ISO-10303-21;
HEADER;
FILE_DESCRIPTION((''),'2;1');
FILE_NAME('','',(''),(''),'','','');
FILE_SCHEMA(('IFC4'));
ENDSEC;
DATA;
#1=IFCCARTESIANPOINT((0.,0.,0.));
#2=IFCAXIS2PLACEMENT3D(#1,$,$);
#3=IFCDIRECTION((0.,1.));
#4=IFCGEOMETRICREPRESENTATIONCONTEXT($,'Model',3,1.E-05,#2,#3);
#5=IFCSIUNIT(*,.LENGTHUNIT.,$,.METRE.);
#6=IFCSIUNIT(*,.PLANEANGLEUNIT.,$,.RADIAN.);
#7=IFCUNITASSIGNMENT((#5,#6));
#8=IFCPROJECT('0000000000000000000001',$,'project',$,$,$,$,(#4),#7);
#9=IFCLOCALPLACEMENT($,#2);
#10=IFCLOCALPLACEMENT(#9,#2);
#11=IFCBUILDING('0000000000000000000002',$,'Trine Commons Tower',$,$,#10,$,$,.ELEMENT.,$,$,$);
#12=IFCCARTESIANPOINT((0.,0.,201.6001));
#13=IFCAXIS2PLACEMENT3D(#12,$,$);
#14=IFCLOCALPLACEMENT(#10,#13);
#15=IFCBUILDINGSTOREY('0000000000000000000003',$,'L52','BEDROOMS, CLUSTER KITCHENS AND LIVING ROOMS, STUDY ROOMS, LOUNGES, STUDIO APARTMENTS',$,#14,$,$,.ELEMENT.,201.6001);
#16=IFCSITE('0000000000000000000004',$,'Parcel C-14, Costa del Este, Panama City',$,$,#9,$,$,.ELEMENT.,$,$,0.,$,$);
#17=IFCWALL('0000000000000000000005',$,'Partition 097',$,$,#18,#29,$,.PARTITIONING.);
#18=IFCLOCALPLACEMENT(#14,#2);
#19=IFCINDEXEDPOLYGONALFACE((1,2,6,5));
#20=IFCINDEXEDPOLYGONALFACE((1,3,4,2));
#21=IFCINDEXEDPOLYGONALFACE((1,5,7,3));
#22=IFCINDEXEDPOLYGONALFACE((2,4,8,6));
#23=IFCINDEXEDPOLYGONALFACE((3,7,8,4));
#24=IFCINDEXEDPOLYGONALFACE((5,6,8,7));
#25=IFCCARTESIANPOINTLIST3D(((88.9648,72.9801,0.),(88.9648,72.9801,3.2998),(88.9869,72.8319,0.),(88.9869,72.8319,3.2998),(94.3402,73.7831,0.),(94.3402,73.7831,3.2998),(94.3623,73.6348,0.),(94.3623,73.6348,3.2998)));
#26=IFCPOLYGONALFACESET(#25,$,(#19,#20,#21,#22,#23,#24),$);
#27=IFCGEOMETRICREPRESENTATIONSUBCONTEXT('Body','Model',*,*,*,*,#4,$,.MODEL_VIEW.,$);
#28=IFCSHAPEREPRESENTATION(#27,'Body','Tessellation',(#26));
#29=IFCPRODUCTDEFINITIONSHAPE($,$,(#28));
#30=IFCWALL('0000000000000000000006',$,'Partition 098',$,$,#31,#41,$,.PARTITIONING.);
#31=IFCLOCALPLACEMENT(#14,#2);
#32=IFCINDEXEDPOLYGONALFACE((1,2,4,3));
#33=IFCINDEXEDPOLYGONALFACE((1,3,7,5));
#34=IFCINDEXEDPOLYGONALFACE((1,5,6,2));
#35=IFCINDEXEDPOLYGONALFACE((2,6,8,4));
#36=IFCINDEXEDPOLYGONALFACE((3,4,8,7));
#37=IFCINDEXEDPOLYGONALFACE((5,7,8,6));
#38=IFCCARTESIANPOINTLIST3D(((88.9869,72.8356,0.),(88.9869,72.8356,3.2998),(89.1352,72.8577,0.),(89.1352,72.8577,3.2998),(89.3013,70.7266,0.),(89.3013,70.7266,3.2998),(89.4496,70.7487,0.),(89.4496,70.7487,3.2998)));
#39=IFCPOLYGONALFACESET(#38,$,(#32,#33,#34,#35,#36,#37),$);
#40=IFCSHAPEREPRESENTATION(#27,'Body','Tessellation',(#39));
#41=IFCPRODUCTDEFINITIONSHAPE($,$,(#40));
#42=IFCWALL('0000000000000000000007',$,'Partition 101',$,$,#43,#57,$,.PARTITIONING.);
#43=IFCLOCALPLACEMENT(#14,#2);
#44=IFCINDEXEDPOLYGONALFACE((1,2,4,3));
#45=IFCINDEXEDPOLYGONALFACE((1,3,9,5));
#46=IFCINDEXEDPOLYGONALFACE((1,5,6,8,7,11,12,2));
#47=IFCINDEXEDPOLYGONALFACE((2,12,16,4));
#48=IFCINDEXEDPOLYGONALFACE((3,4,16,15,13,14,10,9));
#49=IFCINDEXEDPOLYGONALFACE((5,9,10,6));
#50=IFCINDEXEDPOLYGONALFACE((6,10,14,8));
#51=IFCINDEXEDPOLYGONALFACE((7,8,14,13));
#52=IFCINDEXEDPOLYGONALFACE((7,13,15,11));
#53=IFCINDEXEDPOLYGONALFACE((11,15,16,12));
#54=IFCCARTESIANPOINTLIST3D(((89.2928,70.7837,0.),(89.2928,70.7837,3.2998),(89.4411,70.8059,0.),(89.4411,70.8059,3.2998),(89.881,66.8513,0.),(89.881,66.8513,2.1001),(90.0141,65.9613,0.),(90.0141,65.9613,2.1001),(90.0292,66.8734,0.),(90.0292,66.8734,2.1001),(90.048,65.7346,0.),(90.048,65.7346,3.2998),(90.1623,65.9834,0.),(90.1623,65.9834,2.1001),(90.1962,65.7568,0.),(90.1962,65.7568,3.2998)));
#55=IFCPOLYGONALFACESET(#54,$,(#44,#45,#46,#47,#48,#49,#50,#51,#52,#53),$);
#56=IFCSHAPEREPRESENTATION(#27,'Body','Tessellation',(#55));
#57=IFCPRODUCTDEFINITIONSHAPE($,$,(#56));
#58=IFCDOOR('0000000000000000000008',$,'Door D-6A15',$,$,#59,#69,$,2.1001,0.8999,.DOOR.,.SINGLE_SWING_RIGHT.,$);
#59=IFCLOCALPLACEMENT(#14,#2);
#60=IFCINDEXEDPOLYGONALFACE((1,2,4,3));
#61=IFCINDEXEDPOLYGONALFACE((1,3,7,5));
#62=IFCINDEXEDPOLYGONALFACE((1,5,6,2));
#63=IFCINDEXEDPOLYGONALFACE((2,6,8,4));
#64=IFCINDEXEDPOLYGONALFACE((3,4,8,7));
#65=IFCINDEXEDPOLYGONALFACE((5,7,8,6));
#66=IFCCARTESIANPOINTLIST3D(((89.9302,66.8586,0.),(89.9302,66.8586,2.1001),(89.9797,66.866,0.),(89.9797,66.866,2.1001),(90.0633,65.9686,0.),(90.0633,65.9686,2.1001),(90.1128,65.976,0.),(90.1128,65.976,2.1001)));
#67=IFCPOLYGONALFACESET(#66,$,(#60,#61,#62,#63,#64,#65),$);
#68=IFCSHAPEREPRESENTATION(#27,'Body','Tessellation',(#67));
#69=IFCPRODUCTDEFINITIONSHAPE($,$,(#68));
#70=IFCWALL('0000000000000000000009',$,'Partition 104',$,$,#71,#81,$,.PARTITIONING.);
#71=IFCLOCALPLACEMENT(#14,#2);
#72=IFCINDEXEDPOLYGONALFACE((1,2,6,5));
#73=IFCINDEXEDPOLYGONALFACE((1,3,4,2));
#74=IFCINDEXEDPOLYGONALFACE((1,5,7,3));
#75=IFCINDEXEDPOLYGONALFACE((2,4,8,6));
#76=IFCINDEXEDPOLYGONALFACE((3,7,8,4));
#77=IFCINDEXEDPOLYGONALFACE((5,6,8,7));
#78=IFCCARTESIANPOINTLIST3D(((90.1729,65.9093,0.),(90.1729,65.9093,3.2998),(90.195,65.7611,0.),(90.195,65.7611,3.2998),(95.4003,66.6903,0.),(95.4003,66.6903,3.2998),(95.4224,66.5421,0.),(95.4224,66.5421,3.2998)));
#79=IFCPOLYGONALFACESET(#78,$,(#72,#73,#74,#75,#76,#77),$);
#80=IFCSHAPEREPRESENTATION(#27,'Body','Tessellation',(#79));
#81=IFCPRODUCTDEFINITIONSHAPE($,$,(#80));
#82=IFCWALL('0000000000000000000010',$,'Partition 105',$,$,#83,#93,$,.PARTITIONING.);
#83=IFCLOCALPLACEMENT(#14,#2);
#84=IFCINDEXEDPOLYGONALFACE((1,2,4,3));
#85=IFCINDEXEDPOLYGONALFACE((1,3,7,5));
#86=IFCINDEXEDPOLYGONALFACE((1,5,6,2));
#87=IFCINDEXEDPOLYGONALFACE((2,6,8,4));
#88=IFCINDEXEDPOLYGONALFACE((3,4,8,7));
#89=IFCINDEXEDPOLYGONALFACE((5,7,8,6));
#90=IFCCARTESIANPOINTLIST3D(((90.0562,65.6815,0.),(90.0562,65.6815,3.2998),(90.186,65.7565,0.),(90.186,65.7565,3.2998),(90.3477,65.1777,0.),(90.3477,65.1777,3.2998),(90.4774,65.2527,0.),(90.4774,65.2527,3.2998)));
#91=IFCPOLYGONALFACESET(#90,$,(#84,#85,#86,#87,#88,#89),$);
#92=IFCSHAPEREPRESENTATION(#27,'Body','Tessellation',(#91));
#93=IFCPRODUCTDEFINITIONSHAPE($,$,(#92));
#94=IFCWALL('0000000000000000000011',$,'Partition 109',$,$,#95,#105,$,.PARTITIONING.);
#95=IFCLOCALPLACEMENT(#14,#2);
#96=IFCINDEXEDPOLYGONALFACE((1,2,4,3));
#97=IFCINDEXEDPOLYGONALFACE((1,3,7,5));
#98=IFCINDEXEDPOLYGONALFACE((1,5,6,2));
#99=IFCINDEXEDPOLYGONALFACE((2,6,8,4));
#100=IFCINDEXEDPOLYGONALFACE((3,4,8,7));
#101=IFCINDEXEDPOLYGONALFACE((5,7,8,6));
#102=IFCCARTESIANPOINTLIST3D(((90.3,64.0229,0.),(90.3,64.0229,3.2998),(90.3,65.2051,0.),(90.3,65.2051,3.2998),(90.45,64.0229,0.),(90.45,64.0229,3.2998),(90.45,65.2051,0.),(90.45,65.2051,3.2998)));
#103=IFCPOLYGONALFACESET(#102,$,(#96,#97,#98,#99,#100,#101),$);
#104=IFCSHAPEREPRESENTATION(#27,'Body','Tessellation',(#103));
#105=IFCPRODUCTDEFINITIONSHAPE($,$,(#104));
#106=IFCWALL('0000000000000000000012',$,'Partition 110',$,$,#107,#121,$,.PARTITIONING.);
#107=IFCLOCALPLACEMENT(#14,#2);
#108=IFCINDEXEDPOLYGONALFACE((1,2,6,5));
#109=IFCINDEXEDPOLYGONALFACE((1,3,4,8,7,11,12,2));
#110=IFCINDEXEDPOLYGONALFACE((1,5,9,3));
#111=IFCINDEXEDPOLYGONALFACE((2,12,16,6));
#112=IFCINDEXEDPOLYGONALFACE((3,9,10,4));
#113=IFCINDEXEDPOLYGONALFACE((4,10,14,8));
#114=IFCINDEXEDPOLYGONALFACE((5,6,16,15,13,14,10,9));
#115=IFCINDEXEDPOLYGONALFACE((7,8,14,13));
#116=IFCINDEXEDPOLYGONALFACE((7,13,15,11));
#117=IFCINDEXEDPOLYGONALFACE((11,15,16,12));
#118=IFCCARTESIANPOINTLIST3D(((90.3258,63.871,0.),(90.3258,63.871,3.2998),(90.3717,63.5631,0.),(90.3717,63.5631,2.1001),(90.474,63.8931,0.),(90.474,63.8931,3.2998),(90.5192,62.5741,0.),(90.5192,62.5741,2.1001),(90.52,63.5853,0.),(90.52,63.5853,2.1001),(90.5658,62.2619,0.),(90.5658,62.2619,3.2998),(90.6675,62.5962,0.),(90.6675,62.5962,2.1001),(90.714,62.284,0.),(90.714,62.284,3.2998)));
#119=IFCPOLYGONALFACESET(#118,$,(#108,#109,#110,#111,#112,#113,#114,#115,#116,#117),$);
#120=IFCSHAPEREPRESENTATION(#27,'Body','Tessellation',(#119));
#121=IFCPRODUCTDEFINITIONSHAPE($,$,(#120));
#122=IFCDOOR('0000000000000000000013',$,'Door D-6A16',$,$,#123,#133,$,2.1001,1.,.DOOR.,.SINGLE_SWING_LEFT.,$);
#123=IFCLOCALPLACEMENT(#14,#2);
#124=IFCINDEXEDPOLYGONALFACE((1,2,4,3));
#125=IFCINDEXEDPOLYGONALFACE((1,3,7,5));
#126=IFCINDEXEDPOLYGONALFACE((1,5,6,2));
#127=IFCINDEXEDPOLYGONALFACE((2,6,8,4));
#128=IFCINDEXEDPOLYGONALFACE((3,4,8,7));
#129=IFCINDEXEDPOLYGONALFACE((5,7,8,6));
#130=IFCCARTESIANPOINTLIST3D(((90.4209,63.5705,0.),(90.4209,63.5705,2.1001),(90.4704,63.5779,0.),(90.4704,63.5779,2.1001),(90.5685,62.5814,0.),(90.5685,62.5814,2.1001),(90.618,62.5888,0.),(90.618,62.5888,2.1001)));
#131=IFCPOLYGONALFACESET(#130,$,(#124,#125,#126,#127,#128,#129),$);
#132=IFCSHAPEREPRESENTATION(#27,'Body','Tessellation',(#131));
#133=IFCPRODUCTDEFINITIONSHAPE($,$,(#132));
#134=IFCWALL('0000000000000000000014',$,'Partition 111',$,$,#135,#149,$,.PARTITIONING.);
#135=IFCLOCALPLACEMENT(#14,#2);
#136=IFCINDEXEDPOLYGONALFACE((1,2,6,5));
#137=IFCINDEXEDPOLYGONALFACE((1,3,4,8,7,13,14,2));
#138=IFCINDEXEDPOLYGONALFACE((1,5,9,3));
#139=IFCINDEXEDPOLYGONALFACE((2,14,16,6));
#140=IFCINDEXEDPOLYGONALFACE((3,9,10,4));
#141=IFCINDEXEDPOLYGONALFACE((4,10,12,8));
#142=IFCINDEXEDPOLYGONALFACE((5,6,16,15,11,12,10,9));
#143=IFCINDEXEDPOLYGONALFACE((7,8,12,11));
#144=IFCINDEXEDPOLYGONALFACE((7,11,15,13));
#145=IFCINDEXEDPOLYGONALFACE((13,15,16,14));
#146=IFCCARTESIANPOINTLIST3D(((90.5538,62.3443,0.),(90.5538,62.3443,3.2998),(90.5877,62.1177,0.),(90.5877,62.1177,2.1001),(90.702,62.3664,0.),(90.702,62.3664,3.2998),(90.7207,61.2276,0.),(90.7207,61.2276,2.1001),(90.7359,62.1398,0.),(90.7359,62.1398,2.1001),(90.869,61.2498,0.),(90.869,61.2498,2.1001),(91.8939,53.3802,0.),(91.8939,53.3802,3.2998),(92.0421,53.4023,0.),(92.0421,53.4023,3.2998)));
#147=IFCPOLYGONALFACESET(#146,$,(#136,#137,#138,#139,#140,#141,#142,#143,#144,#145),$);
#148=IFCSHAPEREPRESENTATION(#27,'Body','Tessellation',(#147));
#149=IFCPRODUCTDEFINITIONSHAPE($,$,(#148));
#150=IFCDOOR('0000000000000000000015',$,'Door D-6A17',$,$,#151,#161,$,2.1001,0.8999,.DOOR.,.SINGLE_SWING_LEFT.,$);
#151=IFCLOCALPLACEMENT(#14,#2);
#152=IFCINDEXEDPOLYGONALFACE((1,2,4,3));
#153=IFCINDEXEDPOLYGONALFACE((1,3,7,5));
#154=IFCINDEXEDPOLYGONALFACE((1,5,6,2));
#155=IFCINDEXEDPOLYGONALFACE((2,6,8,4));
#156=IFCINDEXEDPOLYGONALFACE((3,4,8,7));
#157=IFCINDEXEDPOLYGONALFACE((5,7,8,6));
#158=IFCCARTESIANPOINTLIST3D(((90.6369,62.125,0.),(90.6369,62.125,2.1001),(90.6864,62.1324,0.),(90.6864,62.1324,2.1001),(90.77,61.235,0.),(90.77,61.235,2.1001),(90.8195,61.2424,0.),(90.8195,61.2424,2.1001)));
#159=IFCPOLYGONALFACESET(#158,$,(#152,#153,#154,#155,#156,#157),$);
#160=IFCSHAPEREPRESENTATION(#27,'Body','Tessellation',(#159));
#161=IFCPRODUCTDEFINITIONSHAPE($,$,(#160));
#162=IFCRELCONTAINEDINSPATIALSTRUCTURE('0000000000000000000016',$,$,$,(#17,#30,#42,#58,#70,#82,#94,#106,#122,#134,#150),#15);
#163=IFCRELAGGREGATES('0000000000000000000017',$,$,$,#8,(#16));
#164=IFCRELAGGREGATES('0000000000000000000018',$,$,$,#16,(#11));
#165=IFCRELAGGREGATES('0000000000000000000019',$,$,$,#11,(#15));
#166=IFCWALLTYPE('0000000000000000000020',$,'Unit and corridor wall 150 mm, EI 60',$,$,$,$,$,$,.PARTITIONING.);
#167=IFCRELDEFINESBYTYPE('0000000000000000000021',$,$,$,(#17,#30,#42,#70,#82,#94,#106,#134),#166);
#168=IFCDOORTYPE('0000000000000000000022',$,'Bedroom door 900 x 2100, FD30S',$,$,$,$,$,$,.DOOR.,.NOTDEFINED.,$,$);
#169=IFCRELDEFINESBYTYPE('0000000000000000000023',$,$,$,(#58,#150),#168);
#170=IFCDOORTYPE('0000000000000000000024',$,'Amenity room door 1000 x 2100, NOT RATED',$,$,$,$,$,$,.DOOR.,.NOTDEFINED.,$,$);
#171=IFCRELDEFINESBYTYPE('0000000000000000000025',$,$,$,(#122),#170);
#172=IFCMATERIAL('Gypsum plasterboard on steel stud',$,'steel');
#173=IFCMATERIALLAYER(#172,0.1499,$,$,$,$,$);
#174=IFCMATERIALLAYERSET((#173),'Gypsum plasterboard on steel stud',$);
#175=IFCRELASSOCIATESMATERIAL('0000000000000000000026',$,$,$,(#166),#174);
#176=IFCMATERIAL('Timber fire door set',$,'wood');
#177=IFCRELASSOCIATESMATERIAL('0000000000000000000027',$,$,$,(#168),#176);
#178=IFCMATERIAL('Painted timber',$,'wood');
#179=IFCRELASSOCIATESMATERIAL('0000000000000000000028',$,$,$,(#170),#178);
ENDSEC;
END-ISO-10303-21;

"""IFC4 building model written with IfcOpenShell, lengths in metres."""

from ifc_helpers import new_model, si_unit, direction, frame, frame_2d, origin, place, context, subcontext, project, spatial, rectangle, extrude, material, layer, layer_set, type_object, element, fill, save


model = new_model("IFC4")

# Units and contexts
model_context = context("Model", 3, precision=1e-05, world=origin(), true_north=direction((0.0, 1.0)))
body_context = subcontext(model_context, "Body", "Model", "MODEL_VIEW")
ifc_project = project(units=[si_unit("LENGTHUNIT", "METRE"), si_unit("PLANEANGLEUNIT", "RADIAN")], contexts=[model_context])

# Site, building, storey
site_placement = place(None, origin())
site = spatial("IfcSite", under=ifc_project, at=site_placement, Name="Parcel C-14, Costa del Este, Panama City", CompositionType="ELEMENT", RefElevation=0.0)
building_placement = place(site_placement, origin())
building = spatial("IfcBuilding", under=site, at=building_placement, Name="Trine Commons Tower", CompositionType="ELEMENT")
storey_placement = place(building_placement, frame((0.0, 0.0, 201.6001)))
storey = spatial("IfcBuildingStorey", under=building, at=storey_placement, Name="L52", Description="BEDROOMS, CLUSTER KITCHENS AND LIVING ROOMS, STUDY ROOMS, LOUNGES, STUDIO APARTMENTS", CompositionType="ELEMENT", Elevation=201.6001)

# Walls
ifc_material_1 = material(Name="Gypsum plasterboard on steel stud", Category="steel")
ifc_layer_1 = layer(ifc_material_1, 0.1499)
ifc_layer_set_1 = layer_set([ifc_layer_1], Name="Gypsum plasterboard on steel stud")
wall_type_1 = type_object("IfcWallType", Name="Unit and corridor wall 150 mm, EI 60", PredefinedType="PARTITIONING", material=ifc_layer_set_1)
wall_1_placement = place(storey_placement, frame((88.9758, 72.906, 0.0), z_axis=(0.0, 0.0, 1.0), x_axis=(0.989026, 0.147739, 0.0)))
element("IfcWall", 1, at=wall_1_placement, inside=storey, type_object=wall_type_1, Name="Partition 097", PredefinedType="PARTITIONING", context=body_context, shape_type="SweptSolid", body=[
    extrude(rectangle(XDim=5.4351, YDim=0.1499, at=frame_2d((2.7175, 0.0))), origin(), (0.0, 0.0, 1.0), 3.2998),
])
wall_2_placement = place(storey_placement, frame((89.061, 72.8467, 0.0), z_axis=(0.0, 0.0, 1.0), x_axis=(0.147461, -0.989068, 0.0)))
element("IfcWall", 2, at=wall_2_placement, inside=storey, type_object=wall_type_1, Name="Partition 098", PredefinedType="PARTITIONING", context=body_context, shape_type="SweptSolid", body=[
    extrude(rectangle(XDim=2.1323, YDim=0.1499, at=frame_2d((1.0662, 0.0))), origin(), (0.0, 0.0, 1.0), 3.2998),
])

# Wall, opening, door
wall_3_placement = place(storey_placement, frame((89.3669, 70.7949, 0.0), z_axis=(0.0, 0.0, 1.0), x_axis=(0.147912, -0.989, 0.0)))
wall_3 = element("IfcWall", 3, at=wall_3_placement, inside=storey, type_object=wall_type_1, Name="Partition 101", PredefinedType="PARTITIONING", context=body_context, shape_type="SweptSolid", body=[
    extrude(rectangle(XDim=5.1052, YDim=0.1499, at=frame_2d((2.5527, 0.0))), origin(), (0.0, 0.0, 1.0), 3.2998),
])
opening_1_placement = place(wall_3_placement, frame((3.9763, 0.0, 0.0)))
opening_1 = element("IfcOpeningElement", 4, at=opening_1_placement, cuts=wall_3, PredefinedType="OPENING", context=body_context, shape_type="SweptSolid", body=[
    extrude(rectangle(XDim=0.8999, YDim=2.1001, at=frame_2d((0.45, 1.05))), frame((0.0, 0.085, 0.0), z_axis=(0.0, -1.0, 0.0), x_axis=(1.0, 0.0, 0.0)), (0.0, 0.0, 1.0), 0.1699),
])
ifc_material_2 = material(Name="Timber fire door set", Category="wood")
door_type_1 = type_object("IfcDoorType", Name="Bedroom door 900 x 2100, FD30S", OperationType="NOTDEFINED", PredefinedType="DOOR", material=ifc_material_2)
door_1_placement = place(opening_1_placement, origin())
door_1 = element("IfcDoor", 5, at=door_1_placement, inside=storey, type_object=door_type_1, Name="Door D-6A15", OperationType="SINGLE_SWING_RIGHT", OverallHeight=2.1001, OverallWidth=0.8999, PredefinedType="DOOR", context=body_context, shape_type="SweptSolid", body=[
    extrude(rectangle(XDim=0.8999, YDim=2.1001, at=frame_2d((0.45, 1.05))), frame((0.0, 0.0249, 0.0), z_axis=(0.0, -1.0, 0.0), x_axis=(1.0, 0.0, 0.0)), (0.0, 0.0, 1.0), 0.05),
])
fill(opening_1, door_1)

# Walls
wall_4_placement = place(storey_placement, frame((90.1841, 65.8352, 0.0), z_axis=(0.0, 0.0, 1.0), x_axis=(0.989022, 0.147769, 0.0)))
element("IfcWall", 6, at=wall_4_placement, inside=storey, type_object=wall_type_1, Name="Partition 104", PredefinedType="PARTITIONING", context=body_context, shape_type="SweptSolid", body=[
    extrude(rectangle(XDim=5.2854, YDim=0.1499, at=frame_2d((2.6426, 0.0))), origin(), (0.0, 0.0, 1.0), 3.2998),
])
wall_5_placement = place(storey_placement, frame((90.1211, 65.719, 0.0), z_axis=(0.0, 0.0, 1.0), x_axis=(0.500739, -0.865599, 0.0)))
element("IfcWall", 7, at=wall_5_placement, inside=storey, type_object=wall_type_1, Name="Partition 105", PredefinedType="PARTITIONING", context=body_context, shape_type="SweptSolid", body=[
    extrude(rectangle(XDim=0.582, YDim=0.1499, at=frame_2d((0.291, 0.0))), origin(), (0.0, 0.0, 1.0), 3.2998),
])
wall_6_placement = place(storey_placement, frame((90.375, 64.0229, 0.0), z_axis=(0.0, 0.0, 1.0), x_axis=(0.0, 1.0, 0.0)))
element("IfcWall", 8, at=wall_6_placement, inside=storey, type_object=wall_type_1, Name="Partition 109", PredefinedType="PARTITIONING", context=body_context, shape_type="SweptSolid", body=[
    extrude(rectangle(XDim=1.1821, YDim=0.1499, at=frame_2d((0.5911, 0.0))), origin(), (0.0, 0.0, 1.0), 3.2998),
])

# Walls, openings, doors
wall_7_placement = place(storey_placement, frame((90.3999, 63.8821, 0.0), z_axis=(0.0, 0.0, 1.0), x_axis=(0.147511, -0.98906, 0.0)))
wall_7 = element("IfcWall", 9, at=wall_7_placement, inside=storey, type_object=wall_type_1, Name="Partition 110", PredefinedType="PARTITIONING", context=body_context, shape_type="SweptSolid", body=[
    extrude(rectangle(XDim=1.627, YDim=0.1499, at=frame_2d((0.8135, 0.0))), origin(), (0.0, 0.0, 1.0), 3.2998),
])
opening_2_placement = place(wall_7_placement, frame((0.3113, 0.0, 0.0)))
opening_2 = element("IfcOpeningElement", 10, at=opening_2_placement, cuts=wall_7, PredefinedType="OPENING", context=body_context, shape_type="SweptSolid", body=[
    extrude(rectangle(XDim=1.0, YDim=2.1001, at=frame_2d((0.5, 1.05))), frame((0.0, 0.085, 0.0), z_axis=(0.0, -1.0, 0.0), x_axis=(1.0, 0.0, 0.0)), (0.0, 0.0, 1.0), 0.1699),
])
ifc_material_3 = material(Name="Painted timber", Category="wood")
door_type_2 = type_object("IfcDoorType", Name="Amenity room door 1000 x 2100, NOT RATED", OperationType="NOTDEFINED", PredefinedType="DOOR", material=ifc_material_3)
door_2_placement = place(opening_2_placement, origin())
door_2 = element("IfcDoor", 11, at=door_2_placement, inside=storey, type_object=door_type_2, Name="Door D-6A16", OperationType="SINGLE_SWING_LEFT", OverallHeight=2.1001, OverallWidth=1.0, PredefinedType="DOOR", context=body_context, shape_type="SweptSolid", body=[
    extrude(rectangle(XDim=1.0, YDim=2.1001, at=frame_2d((0.5, 1.05))), frame((0.0, 0.0249, 0.0), z_axis=(0.0, -1.0, 0.0), x_axis=(1.0, 0.0, 0.0)), (0.0, 0.0, 1.0), 0.05),
])
fill(opening_2, door_2)
wall_8_placement = place(storey_placement, frame((90.6279, 62.3552, 0.0), z_axis=(0.0, 0.0, 1.0), x_axis=(0.147852, -0.98901, 0.0)))
wall_8 = element("IfcWall", 12, at=wall_8_placement, inside=storey, type_object=wall_type_1, Name="Partition 111", PredefinedType="PARTITIONING", context=body_context, shape_type="SweptSolid", body=[
    extrude(rectangle(XDim=9.0637, YDim=0.1499, at=frame_2d((4.5317, 0.0))), origin(), (0.0, 0.0, 1.0), 3.2998),
])
opening_3_placement = place(wall_8_placement, frame((0.229, 0.0, 0.0)))
opening_3 = element("IfcOpeningElement", 13, at=opening_3_placement, cuts=wall_8, PredefinedType="OPENING", context=body_context, shape_type="SweptSolid", body=[
    extrude(rectangle(XDim=0.8999, YDim=2.1001, at=frame_2d((0.45, 1.05))), frame((0.0, 0.085, 0.0), z_axis=(0.0, -1.0, 0.0), x_axis=(1.0, 0.0, 0.0)), (0.0, 0.0, 1.0), 0.1699),
])
door_3_placement = place(opening_3_placement, origin())
door_3 = element("IfcDoor", 14, at=door_3_placement, inside=storey, type_object=door_type_1, Name="Door D-6A17", OperationType="SINGLE_SWING_LEFT", OverallHeight=2.1001, OverallWidth=0.8999, PredefinedType="DOOR", context=body_context, shape_type="SweptSolid", body=[
    extrude(rectangle(XDim=0.8999, YDim=2.1001, at=frame_2d((0.45, 1.05))), frame((0.0, 0.0249, 0.0), z_axis=(0.0, -1.0, 0.0), x_axis=(1.0, 0.0, 0.0)), (0.0, 0.0, 1.0), 0.05),
])
fill(opening_3, door_3)

save(model, "model.ifc")
